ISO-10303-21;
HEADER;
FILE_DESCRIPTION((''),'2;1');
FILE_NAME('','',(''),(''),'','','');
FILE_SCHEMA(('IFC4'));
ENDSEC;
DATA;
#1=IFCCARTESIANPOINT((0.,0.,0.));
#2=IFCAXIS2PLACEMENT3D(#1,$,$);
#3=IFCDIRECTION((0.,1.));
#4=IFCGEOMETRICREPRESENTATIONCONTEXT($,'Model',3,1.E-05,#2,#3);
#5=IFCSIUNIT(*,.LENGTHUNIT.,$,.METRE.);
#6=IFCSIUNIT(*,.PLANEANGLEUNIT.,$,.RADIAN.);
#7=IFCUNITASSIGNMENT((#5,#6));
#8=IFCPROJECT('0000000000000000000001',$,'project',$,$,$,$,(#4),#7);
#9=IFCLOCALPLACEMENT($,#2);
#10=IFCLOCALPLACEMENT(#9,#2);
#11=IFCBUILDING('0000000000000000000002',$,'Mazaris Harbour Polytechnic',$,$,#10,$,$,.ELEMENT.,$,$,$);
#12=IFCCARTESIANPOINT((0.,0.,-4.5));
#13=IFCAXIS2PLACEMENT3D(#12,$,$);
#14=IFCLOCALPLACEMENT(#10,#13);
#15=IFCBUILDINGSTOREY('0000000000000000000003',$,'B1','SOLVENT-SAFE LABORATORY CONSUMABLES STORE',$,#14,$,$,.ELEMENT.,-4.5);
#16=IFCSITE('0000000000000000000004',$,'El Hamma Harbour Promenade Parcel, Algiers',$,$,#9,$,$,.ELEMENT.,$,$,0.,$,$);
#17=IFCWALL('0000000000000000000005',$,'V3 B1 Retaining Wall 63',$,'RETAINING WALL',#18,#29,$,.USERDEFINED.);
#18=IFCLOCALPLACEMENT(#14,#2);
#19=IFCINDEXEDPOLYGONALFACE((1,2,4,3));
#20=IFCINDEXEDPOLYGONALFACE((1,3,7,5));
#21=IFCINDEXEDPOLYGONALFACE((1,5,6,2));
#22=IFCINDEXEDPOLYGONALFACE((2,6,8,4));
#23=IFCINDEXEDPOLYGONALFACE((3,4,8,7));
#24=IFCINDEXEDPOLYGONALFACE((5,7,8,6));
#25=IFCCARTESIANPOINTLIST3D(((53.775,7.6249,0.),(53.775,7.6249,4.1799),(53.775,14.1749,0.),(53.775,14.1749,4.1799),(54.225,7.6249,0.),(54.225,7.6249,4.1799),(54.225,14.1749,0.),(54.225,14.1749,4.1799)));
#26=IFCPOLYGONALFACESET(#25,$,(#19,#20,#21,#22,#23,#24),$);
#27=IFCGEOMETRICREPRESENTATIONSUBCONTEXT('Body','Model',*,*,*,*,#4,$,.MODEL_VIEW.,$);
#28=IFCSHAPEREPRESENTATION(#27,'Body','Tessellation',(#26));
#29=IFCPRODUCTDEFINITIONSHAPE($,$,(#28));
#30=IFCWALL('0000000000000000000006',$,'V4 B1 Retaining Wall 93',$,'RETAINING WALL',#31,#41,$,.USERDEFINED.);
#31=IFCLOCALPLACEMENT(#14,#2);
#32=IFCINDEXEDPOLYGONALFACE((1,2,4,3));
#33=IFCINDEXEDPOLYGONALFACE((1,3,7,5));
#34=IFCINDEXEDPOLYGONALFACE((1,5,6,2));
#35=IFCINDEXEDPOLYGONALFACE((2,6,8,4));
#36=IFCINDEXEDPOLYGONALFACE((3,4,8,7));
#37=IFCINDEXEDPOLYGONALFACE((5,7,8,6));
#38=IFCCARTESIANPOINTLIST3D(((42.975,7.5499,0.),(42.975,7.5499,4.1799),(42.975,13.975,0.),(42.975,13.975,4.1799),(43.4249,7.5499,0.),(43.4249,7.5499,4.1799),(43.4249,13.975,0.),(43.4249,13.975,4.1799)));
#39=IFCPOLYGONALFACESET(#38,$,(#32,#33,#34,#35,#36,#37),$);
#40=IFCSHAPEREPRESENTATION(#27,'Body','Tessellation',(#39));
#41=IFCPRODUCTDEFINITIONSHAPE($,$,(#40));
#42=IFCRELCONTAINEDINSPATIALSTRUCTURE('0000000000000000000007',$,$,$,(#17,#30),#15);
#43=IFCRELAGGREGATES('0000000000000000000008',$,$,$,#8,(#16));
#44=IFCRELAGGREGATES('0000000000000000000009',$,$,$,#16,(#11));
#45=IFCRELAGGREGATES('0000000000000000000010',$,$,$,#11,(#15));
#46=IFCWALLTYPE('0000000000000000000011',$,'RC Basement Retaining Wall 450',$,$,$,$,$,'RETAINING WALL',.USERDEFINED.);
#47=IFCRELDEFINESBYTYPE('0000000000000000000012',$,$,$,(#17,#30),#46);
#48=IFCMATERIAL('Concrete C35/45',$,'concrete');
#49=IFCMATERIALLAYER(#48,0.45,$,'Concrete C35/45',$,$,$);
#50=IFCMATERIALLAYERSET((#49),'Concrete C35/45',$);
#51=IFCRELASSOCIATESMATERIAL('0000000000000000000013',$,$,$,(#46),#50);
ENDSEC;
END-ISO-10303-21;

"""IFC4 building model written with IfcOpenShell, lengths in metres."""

from ifc_helpers import new_model, si_unit, direction, frame, frame_2d, origin, place, context, subcontext, project, spatial, rectangle, extrude, material, layer, layer_set, type_object, element, save


model = new_model("IFC4")

# Units and contexts
model_context = context("Model", 3, precision=1e-05, world=origin(), true_north=direction((0.0, 1.0)))
body_context = subcontext(model_context, "Body", "Model", "MODEL_VIEW")
ifc_project = project(units=[si_unit("LENGTHUNIT", "METRE"), si_unit("PLANEANGLEUNIT", "RADIAN")], contexts=[model_context])

# Site, building, storey
site_placement = place(None, origin())
site = spatial("IfcSite", under=ifc_project, at=site_placement, Name="El Hamma Harbour Promenade Parcel, Algiers", CompositionType="ELEMENT", RefElevation=0.0)
building_placement = place(site_placement, origin())
building = spatial("IfcBuilding", under=site, at=building_placement, Name="Mazaris Harbour Polytechnic", CompositionType="ELEMENT")
storey_placement = place(building_placement, frame((0.0, 0.0, -4.5)))
storey = spatial("IfcBuildingStorey", under=building, at=storey_placement, Name="B1", Description="SOLVENT-SAFE LABORATORY CONSUMABLES STORE", CompositionType="ELEMENT", Elevation=-4.5)

# Walls
ifc_material_1 = material(Name="Concrete C35/45", Category="concrete")
ifc_layer_1 = layer(ifc_material_1, 0.45, Name="Concrete C35/45")
ifc_layer_set_1 = layer_set([ifc_layer_1], Name="Concrete C35/45")
wall_type_1 = type_object("IfcWallType", Name="RC Basement Retaining Wall 450", ElementType="RETAINING WALL", PredefinedType="USERDEFINED", material=ifc_layer_set_1)
wall_1_placement = place(storey_placement, frame((54.0, 7.625, 0.0), z_axis=(0.0, 0.0, 1.0), x_axis=(0.0, 1.0, 0.0)))
element("IfcWall", 1, at=wall_1_placement, inside=storey, type_object=wall_type_1, Name="V3 B1 Retaining Wall 63", ObjectType="RETAINING WALL", PredefinedType="USERDEFINED", context=body_context, shape_type="SweptSolid", body=[
    extrude(rectangle(XDim=6.55, YDim=0.45, at=frame_2d((3.2749, 0.0))), origin(), (0.0, 0.0, 1.0), 4.1799),
])
wall_2_placement = place(storey_placement, frame((43.2, 7.55, 0.0), z_axis=(0.0, 0.0, 1.0), x_axis=(0.0, 1.0, 0.0)))
element("IfcWall", 2, at=wall_2_placement, inside=storey, type_object=wall_type_1, Name="V4 B1 Retaining Wall 93", ObjectType="RETAINING WALL", PredefinedType="USERDEFINED", context=body_context, shape_type="SweptSolid", body=[
    extrude(rectangle(XDim=6.425, YDim=0.45, at=frame_2d((3.2124, 0.0))), origin(), (0.0, 0.0, 1.0), 4.1799),
])

save(model, "model.ifc")
